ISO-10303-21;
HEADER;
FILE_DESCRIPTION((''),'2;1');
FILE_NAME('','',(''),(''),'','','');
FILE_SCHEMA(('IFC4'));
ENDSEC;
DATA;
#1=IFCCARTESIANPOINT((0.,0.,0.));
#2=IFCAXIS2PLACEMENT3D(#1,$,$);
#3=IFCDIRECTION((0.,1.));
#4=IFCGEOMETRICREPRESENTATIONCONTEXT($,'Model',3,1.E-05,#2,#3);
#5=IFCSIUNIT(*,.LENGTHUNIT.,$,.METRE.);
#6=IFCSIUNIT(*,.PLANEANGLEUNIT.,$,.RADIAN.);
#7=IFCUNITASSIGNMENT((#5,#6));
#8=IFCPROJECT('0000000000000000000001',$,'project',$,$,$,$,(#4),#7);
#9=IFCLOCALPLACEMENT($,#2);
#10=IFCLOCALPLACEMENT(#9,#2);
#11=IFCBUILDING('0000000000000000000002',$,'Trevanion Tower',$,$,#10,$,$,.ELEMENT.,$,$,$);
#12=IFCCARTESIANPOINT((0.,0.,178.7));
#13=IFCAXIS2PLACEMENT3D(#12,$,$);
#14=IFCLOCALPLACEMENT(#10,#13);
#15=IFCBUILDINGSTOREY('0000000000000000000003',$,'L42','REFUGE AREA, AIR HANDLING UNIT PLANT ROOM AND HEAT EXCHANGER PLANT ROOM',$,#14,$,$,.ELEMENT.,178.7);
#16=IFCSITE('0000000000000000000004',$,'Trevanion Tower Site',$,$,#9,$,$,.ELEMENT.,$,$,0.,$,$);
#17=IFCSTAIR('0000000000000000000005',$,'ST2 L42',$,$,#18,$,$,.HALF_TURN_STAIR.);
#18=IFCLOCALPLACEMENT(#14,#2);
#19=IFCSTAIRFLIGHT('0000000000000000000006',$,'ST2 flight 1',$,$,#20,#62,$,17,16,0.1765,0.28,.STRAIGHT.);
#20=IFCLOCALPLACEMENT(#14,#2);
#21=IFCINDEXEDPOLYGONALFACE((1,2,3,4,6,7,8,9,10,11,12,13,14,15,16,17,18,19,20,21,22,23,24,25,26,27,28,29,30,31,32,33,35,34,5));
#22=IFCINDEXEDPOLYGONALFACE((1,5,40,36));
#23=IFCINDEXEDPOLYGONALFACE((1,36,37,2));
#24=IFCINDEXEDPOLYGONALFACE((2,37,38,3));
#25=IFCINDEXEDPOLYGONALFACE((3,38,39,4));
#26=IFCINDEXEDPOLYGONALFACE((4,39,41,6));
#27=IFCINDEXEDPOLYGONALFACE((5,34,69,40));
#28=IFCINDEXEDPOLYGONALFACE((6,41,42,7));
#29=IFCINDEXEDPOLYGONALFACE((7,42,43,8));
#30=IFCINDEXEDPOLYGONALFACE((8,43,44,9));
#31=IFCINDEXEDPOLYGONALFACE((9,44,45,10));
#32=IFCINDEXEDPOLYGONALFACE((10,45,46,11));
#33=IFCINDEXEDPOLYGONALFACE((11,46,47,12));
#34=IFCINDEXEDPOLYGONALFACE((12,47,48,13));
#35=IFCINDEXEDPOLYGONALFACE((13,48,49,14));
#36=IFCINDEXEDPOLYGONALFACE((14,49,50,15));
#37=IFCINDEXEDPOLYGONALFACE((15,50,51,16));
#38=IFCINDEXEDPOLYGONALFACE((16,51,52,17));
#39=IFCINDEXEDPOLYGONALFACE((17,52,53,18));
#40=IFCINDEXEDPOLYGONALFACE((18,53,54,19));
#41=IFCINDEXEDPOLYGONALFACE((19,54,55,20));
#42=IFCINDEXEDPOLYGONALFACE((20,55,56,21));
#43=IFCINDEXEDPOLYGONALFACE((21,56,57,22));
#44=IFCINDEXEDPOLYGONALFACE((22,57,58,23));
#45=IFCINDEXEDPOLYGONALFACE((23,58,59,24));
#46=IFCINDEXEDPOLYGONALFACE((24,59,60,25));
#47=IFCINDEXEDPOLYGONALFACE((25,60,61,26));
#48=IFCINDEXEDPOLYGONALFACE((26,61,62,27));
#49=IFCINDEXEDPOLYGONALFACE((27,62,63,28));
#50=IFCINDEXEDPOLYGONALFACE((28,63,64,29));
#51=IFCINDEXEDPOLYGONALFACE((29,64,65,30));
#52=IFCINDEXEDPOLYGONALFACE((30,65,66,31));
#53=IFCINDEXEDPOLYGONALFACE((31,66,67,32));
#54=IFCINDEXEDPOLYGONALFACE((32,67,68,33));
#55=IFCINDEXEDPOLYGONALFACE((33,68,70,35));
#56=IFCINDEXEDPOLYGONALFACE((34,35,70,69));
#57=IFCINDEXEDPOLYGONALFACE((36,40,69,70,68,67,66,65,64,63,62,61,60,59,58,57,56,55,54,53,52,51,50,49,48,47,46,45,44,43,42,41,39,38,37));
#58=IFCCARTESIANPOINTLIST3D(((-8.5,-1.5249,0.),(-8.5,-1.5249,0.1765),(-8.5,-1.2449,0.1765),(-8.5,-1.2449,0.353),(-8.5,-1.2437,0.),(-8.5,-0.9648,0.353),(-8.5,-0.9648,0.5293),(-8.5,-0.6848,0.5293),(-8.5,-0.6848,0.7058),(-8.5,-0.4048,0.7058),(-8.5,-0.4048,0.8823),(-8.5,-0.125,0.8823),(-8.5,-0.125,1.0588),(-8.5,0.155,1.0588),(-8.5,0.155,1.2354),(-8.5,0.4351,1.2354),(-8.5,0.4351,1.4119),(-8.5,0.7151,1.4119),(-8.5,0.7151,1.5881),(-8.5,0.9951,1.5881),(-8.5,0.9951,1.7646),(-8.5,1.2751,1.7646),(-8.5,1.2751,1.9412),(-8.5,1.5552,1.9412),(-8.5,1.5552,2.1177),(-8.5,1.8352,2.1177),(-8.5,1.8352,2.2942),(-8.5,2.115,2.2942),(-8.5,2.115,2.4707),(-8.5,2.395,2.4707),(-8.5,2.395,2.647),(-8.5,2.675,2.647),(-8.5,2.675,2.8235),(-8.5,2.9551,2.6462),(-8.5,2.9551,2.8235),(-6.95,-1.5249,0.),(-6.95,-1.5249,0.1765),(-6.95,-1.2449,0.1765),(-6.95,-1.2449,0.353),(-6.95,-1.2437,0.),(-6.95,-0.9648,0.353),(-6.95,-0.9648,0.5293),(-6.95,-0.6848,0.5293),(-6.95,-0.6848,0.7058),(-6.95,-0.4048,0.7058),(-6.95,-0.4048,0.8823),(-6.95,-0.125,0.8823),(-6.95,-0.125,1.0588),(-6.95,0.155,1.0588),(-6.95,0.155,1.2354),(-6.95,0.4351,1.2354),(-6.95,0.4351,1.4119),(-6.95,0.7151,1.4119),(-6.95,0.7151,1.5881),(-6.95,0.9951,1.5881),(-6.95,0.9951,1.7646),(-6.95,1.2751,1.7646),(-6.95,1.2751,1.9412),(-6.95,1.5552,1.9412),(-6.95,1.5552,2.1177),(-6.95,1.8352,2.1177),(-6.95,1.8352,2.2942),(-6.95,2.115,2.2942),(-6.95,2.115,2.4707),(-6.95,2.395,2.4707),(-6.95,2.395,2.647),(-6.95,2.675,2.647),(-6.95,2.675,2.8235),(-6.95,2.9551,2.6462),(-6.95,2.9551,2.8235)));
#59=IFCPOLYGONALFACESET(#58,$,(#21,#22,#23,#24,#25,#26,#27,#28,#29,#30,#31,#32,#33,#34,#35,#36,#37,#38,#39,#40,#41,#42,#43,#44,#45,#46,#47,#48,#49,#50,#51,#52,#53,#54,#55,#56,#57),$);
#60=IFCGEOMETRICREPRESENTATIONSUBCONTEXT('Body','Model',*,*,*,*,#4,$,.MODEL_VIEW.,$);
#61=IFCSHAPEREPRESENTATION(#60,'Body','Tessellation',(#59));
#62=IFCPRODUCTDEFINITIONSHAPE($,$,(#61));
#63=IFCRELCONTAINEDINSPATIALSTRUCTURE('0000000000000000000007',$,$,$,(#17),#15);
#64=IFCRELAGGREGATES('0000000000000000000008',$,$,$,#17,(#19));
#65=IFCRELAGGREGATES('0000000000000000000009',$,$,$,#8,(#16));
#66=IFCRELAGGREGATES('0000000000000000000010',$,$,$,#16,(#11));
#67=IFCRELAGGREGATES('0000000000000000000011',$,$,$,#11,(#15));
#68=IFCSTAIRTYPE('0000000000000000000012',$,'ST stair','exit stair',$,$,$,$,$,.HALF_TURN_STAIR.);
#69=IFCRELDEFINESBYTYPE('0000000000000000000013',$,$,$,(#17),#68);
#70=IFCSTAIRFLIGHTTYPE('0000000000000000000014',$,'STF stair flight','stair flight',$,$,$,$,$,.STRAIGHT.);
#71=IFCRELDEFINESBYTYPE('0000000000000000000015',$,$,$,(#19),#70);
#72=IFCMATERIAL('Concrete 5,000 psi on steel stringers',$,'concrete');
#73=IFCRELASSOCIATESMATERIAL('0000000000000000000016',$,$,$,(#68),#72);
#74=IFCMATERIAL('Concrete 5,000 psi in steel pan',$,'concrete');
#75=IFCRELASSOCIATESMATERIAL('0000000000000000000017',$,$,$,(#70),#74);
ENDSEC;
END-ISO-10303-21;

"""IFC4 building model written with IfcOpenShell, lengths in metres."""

from ifc_helpers import new_model, si_unit, direction, frame, origin, place, context, subcontext, project, spatial, polyline, outline, extrude, material, type_object, element, aggregate, save


model = new_model("IFC4")

# Units and contexts
model_context = context("Model", 3, precision=1e-05, world=origin(), true_north=direction((0.0, 1.0)))
body_context = subcontext(model_context, "Body", "Model", "MODEL_VIEW")
ifc_project = project(units=[si_unit("LENGTHUNIT", "METRE"), si_unit("PLANEANGLEUNIT", "RADIAN")], contexts=[model_context])

# Site, building, storey
site_placement = place(None, origin())
site = spatial("IfcSite", under=ifc_project, at=site_placement, Name="Trevanion Tower Site", CompositionType="ELEMENT", RefElevation=0.0)
building_placement = place(site_placement, origin())
building = spatial("IfcBuilding", under=site, at=building_placement, Name="Trevanion Tower", CompositionType="ELEMENT")
storey_placement = place(building_placement, frame((0.0, 0.0, 178.7)))
storey = spatial("IfcBuildingStorey", under=building, at=storey_placement, Name="L42", Description="REFUGE AREA, AIR HANDLING UNIT PLANT ROOM AND HEAT EXCHANGER PLANT ROOM", CompositionType="ELEMENT", Elevation=178.7)

# Stair, stair flight
ifc_material_1 = material(Name="Concrete 5,000 psi on steel stringers", Category="concrete")
stair_type = type_object("IfcStairType", Name="ST stair", Description="exit stair", PredefinedType="HALF_TURN_STAIR", material=ifc_material_1)
stair_placement = place(storey_placement, origin())
stair = element("IfcStair", 1, at=stair_placement, inside=storey, type_object=stair_type, Name="ST2 L42", PredefinedType="HALF_TURN_STAIR")
ifc_material_2 = material(Name="Concrete 5,000 psi in steel pan", Category="concrete")
stair_flight_type = type_object("IfcStairFlightType", Name="STF stair flight", Description="stair flight", PredefinedType="STRAIGHT", material=ifc_material_2)
stair_flight_placement = place(storey_placement, frame((-7.7251, -1.5249, 0.0), z_axis=(0.0, 0.0, 1.0), x_axis=(0.0, 1.0, 0.0)))
stair_flight = element("IfcStairFlight", 2, at=stair_flight_placement, type_object=stair_flight_type, Name="ST2 flight 1", NumberOfRisers=17, NumberOfTreads=16, PredefinedType="STRAIGHT", RiserHeight=0.1765, TreadLength=0.28, context=body_context, shape_type="SweptSolid", body=[
    extrude(outline(polyline([(0.0, 0.0), (0.0, 0.1765), (0.28, 0.1765), (0.28, 0.353), (0.5601, 0.353), (0.5601, 0.5293), (0.8401, 0.5293), (0.8401, 0.7058), (1.1201, 0.7058), (1.1201, 0.8823), (1.3999, 0.8823), (1.3999, 1.0588), (1.6799, 1.0588), (1.6799, 1.2354), (1.96, 1.2354), (1.96, 1.4119), (2.24, 1.4119), (2.24, 1.5881), (2.52, 1.5881), (2.52, 1.7646), (2.8, 1.7646), (2.8, 1.9412), (3.0801, 1.9412), (3.0801, 2.1177), (3.3601, 2.1177), (3.3601, 2.2942), (3.6399, 2.2942), (3.6399, 2.4707), (3.9199, 2.4707), (3.9199, 2.647), (4.2, 2.647), (4.2, 2.8235), (4.48, 2.8235), (4.48, 3.0), (4.48, 2.6462), (0.2812, 0.0), (0.0, 0.0)])), frame((0.0, 0.7749, 0.0), z_axis=(0.0, -1.0, 0.0), x_axis=(1.0, 0.0, 0.0)), (0.0, 0.0, 1.0), 1.55),
])
aggregate(stair, [stair_flight])

save(model, "model.ifc")
